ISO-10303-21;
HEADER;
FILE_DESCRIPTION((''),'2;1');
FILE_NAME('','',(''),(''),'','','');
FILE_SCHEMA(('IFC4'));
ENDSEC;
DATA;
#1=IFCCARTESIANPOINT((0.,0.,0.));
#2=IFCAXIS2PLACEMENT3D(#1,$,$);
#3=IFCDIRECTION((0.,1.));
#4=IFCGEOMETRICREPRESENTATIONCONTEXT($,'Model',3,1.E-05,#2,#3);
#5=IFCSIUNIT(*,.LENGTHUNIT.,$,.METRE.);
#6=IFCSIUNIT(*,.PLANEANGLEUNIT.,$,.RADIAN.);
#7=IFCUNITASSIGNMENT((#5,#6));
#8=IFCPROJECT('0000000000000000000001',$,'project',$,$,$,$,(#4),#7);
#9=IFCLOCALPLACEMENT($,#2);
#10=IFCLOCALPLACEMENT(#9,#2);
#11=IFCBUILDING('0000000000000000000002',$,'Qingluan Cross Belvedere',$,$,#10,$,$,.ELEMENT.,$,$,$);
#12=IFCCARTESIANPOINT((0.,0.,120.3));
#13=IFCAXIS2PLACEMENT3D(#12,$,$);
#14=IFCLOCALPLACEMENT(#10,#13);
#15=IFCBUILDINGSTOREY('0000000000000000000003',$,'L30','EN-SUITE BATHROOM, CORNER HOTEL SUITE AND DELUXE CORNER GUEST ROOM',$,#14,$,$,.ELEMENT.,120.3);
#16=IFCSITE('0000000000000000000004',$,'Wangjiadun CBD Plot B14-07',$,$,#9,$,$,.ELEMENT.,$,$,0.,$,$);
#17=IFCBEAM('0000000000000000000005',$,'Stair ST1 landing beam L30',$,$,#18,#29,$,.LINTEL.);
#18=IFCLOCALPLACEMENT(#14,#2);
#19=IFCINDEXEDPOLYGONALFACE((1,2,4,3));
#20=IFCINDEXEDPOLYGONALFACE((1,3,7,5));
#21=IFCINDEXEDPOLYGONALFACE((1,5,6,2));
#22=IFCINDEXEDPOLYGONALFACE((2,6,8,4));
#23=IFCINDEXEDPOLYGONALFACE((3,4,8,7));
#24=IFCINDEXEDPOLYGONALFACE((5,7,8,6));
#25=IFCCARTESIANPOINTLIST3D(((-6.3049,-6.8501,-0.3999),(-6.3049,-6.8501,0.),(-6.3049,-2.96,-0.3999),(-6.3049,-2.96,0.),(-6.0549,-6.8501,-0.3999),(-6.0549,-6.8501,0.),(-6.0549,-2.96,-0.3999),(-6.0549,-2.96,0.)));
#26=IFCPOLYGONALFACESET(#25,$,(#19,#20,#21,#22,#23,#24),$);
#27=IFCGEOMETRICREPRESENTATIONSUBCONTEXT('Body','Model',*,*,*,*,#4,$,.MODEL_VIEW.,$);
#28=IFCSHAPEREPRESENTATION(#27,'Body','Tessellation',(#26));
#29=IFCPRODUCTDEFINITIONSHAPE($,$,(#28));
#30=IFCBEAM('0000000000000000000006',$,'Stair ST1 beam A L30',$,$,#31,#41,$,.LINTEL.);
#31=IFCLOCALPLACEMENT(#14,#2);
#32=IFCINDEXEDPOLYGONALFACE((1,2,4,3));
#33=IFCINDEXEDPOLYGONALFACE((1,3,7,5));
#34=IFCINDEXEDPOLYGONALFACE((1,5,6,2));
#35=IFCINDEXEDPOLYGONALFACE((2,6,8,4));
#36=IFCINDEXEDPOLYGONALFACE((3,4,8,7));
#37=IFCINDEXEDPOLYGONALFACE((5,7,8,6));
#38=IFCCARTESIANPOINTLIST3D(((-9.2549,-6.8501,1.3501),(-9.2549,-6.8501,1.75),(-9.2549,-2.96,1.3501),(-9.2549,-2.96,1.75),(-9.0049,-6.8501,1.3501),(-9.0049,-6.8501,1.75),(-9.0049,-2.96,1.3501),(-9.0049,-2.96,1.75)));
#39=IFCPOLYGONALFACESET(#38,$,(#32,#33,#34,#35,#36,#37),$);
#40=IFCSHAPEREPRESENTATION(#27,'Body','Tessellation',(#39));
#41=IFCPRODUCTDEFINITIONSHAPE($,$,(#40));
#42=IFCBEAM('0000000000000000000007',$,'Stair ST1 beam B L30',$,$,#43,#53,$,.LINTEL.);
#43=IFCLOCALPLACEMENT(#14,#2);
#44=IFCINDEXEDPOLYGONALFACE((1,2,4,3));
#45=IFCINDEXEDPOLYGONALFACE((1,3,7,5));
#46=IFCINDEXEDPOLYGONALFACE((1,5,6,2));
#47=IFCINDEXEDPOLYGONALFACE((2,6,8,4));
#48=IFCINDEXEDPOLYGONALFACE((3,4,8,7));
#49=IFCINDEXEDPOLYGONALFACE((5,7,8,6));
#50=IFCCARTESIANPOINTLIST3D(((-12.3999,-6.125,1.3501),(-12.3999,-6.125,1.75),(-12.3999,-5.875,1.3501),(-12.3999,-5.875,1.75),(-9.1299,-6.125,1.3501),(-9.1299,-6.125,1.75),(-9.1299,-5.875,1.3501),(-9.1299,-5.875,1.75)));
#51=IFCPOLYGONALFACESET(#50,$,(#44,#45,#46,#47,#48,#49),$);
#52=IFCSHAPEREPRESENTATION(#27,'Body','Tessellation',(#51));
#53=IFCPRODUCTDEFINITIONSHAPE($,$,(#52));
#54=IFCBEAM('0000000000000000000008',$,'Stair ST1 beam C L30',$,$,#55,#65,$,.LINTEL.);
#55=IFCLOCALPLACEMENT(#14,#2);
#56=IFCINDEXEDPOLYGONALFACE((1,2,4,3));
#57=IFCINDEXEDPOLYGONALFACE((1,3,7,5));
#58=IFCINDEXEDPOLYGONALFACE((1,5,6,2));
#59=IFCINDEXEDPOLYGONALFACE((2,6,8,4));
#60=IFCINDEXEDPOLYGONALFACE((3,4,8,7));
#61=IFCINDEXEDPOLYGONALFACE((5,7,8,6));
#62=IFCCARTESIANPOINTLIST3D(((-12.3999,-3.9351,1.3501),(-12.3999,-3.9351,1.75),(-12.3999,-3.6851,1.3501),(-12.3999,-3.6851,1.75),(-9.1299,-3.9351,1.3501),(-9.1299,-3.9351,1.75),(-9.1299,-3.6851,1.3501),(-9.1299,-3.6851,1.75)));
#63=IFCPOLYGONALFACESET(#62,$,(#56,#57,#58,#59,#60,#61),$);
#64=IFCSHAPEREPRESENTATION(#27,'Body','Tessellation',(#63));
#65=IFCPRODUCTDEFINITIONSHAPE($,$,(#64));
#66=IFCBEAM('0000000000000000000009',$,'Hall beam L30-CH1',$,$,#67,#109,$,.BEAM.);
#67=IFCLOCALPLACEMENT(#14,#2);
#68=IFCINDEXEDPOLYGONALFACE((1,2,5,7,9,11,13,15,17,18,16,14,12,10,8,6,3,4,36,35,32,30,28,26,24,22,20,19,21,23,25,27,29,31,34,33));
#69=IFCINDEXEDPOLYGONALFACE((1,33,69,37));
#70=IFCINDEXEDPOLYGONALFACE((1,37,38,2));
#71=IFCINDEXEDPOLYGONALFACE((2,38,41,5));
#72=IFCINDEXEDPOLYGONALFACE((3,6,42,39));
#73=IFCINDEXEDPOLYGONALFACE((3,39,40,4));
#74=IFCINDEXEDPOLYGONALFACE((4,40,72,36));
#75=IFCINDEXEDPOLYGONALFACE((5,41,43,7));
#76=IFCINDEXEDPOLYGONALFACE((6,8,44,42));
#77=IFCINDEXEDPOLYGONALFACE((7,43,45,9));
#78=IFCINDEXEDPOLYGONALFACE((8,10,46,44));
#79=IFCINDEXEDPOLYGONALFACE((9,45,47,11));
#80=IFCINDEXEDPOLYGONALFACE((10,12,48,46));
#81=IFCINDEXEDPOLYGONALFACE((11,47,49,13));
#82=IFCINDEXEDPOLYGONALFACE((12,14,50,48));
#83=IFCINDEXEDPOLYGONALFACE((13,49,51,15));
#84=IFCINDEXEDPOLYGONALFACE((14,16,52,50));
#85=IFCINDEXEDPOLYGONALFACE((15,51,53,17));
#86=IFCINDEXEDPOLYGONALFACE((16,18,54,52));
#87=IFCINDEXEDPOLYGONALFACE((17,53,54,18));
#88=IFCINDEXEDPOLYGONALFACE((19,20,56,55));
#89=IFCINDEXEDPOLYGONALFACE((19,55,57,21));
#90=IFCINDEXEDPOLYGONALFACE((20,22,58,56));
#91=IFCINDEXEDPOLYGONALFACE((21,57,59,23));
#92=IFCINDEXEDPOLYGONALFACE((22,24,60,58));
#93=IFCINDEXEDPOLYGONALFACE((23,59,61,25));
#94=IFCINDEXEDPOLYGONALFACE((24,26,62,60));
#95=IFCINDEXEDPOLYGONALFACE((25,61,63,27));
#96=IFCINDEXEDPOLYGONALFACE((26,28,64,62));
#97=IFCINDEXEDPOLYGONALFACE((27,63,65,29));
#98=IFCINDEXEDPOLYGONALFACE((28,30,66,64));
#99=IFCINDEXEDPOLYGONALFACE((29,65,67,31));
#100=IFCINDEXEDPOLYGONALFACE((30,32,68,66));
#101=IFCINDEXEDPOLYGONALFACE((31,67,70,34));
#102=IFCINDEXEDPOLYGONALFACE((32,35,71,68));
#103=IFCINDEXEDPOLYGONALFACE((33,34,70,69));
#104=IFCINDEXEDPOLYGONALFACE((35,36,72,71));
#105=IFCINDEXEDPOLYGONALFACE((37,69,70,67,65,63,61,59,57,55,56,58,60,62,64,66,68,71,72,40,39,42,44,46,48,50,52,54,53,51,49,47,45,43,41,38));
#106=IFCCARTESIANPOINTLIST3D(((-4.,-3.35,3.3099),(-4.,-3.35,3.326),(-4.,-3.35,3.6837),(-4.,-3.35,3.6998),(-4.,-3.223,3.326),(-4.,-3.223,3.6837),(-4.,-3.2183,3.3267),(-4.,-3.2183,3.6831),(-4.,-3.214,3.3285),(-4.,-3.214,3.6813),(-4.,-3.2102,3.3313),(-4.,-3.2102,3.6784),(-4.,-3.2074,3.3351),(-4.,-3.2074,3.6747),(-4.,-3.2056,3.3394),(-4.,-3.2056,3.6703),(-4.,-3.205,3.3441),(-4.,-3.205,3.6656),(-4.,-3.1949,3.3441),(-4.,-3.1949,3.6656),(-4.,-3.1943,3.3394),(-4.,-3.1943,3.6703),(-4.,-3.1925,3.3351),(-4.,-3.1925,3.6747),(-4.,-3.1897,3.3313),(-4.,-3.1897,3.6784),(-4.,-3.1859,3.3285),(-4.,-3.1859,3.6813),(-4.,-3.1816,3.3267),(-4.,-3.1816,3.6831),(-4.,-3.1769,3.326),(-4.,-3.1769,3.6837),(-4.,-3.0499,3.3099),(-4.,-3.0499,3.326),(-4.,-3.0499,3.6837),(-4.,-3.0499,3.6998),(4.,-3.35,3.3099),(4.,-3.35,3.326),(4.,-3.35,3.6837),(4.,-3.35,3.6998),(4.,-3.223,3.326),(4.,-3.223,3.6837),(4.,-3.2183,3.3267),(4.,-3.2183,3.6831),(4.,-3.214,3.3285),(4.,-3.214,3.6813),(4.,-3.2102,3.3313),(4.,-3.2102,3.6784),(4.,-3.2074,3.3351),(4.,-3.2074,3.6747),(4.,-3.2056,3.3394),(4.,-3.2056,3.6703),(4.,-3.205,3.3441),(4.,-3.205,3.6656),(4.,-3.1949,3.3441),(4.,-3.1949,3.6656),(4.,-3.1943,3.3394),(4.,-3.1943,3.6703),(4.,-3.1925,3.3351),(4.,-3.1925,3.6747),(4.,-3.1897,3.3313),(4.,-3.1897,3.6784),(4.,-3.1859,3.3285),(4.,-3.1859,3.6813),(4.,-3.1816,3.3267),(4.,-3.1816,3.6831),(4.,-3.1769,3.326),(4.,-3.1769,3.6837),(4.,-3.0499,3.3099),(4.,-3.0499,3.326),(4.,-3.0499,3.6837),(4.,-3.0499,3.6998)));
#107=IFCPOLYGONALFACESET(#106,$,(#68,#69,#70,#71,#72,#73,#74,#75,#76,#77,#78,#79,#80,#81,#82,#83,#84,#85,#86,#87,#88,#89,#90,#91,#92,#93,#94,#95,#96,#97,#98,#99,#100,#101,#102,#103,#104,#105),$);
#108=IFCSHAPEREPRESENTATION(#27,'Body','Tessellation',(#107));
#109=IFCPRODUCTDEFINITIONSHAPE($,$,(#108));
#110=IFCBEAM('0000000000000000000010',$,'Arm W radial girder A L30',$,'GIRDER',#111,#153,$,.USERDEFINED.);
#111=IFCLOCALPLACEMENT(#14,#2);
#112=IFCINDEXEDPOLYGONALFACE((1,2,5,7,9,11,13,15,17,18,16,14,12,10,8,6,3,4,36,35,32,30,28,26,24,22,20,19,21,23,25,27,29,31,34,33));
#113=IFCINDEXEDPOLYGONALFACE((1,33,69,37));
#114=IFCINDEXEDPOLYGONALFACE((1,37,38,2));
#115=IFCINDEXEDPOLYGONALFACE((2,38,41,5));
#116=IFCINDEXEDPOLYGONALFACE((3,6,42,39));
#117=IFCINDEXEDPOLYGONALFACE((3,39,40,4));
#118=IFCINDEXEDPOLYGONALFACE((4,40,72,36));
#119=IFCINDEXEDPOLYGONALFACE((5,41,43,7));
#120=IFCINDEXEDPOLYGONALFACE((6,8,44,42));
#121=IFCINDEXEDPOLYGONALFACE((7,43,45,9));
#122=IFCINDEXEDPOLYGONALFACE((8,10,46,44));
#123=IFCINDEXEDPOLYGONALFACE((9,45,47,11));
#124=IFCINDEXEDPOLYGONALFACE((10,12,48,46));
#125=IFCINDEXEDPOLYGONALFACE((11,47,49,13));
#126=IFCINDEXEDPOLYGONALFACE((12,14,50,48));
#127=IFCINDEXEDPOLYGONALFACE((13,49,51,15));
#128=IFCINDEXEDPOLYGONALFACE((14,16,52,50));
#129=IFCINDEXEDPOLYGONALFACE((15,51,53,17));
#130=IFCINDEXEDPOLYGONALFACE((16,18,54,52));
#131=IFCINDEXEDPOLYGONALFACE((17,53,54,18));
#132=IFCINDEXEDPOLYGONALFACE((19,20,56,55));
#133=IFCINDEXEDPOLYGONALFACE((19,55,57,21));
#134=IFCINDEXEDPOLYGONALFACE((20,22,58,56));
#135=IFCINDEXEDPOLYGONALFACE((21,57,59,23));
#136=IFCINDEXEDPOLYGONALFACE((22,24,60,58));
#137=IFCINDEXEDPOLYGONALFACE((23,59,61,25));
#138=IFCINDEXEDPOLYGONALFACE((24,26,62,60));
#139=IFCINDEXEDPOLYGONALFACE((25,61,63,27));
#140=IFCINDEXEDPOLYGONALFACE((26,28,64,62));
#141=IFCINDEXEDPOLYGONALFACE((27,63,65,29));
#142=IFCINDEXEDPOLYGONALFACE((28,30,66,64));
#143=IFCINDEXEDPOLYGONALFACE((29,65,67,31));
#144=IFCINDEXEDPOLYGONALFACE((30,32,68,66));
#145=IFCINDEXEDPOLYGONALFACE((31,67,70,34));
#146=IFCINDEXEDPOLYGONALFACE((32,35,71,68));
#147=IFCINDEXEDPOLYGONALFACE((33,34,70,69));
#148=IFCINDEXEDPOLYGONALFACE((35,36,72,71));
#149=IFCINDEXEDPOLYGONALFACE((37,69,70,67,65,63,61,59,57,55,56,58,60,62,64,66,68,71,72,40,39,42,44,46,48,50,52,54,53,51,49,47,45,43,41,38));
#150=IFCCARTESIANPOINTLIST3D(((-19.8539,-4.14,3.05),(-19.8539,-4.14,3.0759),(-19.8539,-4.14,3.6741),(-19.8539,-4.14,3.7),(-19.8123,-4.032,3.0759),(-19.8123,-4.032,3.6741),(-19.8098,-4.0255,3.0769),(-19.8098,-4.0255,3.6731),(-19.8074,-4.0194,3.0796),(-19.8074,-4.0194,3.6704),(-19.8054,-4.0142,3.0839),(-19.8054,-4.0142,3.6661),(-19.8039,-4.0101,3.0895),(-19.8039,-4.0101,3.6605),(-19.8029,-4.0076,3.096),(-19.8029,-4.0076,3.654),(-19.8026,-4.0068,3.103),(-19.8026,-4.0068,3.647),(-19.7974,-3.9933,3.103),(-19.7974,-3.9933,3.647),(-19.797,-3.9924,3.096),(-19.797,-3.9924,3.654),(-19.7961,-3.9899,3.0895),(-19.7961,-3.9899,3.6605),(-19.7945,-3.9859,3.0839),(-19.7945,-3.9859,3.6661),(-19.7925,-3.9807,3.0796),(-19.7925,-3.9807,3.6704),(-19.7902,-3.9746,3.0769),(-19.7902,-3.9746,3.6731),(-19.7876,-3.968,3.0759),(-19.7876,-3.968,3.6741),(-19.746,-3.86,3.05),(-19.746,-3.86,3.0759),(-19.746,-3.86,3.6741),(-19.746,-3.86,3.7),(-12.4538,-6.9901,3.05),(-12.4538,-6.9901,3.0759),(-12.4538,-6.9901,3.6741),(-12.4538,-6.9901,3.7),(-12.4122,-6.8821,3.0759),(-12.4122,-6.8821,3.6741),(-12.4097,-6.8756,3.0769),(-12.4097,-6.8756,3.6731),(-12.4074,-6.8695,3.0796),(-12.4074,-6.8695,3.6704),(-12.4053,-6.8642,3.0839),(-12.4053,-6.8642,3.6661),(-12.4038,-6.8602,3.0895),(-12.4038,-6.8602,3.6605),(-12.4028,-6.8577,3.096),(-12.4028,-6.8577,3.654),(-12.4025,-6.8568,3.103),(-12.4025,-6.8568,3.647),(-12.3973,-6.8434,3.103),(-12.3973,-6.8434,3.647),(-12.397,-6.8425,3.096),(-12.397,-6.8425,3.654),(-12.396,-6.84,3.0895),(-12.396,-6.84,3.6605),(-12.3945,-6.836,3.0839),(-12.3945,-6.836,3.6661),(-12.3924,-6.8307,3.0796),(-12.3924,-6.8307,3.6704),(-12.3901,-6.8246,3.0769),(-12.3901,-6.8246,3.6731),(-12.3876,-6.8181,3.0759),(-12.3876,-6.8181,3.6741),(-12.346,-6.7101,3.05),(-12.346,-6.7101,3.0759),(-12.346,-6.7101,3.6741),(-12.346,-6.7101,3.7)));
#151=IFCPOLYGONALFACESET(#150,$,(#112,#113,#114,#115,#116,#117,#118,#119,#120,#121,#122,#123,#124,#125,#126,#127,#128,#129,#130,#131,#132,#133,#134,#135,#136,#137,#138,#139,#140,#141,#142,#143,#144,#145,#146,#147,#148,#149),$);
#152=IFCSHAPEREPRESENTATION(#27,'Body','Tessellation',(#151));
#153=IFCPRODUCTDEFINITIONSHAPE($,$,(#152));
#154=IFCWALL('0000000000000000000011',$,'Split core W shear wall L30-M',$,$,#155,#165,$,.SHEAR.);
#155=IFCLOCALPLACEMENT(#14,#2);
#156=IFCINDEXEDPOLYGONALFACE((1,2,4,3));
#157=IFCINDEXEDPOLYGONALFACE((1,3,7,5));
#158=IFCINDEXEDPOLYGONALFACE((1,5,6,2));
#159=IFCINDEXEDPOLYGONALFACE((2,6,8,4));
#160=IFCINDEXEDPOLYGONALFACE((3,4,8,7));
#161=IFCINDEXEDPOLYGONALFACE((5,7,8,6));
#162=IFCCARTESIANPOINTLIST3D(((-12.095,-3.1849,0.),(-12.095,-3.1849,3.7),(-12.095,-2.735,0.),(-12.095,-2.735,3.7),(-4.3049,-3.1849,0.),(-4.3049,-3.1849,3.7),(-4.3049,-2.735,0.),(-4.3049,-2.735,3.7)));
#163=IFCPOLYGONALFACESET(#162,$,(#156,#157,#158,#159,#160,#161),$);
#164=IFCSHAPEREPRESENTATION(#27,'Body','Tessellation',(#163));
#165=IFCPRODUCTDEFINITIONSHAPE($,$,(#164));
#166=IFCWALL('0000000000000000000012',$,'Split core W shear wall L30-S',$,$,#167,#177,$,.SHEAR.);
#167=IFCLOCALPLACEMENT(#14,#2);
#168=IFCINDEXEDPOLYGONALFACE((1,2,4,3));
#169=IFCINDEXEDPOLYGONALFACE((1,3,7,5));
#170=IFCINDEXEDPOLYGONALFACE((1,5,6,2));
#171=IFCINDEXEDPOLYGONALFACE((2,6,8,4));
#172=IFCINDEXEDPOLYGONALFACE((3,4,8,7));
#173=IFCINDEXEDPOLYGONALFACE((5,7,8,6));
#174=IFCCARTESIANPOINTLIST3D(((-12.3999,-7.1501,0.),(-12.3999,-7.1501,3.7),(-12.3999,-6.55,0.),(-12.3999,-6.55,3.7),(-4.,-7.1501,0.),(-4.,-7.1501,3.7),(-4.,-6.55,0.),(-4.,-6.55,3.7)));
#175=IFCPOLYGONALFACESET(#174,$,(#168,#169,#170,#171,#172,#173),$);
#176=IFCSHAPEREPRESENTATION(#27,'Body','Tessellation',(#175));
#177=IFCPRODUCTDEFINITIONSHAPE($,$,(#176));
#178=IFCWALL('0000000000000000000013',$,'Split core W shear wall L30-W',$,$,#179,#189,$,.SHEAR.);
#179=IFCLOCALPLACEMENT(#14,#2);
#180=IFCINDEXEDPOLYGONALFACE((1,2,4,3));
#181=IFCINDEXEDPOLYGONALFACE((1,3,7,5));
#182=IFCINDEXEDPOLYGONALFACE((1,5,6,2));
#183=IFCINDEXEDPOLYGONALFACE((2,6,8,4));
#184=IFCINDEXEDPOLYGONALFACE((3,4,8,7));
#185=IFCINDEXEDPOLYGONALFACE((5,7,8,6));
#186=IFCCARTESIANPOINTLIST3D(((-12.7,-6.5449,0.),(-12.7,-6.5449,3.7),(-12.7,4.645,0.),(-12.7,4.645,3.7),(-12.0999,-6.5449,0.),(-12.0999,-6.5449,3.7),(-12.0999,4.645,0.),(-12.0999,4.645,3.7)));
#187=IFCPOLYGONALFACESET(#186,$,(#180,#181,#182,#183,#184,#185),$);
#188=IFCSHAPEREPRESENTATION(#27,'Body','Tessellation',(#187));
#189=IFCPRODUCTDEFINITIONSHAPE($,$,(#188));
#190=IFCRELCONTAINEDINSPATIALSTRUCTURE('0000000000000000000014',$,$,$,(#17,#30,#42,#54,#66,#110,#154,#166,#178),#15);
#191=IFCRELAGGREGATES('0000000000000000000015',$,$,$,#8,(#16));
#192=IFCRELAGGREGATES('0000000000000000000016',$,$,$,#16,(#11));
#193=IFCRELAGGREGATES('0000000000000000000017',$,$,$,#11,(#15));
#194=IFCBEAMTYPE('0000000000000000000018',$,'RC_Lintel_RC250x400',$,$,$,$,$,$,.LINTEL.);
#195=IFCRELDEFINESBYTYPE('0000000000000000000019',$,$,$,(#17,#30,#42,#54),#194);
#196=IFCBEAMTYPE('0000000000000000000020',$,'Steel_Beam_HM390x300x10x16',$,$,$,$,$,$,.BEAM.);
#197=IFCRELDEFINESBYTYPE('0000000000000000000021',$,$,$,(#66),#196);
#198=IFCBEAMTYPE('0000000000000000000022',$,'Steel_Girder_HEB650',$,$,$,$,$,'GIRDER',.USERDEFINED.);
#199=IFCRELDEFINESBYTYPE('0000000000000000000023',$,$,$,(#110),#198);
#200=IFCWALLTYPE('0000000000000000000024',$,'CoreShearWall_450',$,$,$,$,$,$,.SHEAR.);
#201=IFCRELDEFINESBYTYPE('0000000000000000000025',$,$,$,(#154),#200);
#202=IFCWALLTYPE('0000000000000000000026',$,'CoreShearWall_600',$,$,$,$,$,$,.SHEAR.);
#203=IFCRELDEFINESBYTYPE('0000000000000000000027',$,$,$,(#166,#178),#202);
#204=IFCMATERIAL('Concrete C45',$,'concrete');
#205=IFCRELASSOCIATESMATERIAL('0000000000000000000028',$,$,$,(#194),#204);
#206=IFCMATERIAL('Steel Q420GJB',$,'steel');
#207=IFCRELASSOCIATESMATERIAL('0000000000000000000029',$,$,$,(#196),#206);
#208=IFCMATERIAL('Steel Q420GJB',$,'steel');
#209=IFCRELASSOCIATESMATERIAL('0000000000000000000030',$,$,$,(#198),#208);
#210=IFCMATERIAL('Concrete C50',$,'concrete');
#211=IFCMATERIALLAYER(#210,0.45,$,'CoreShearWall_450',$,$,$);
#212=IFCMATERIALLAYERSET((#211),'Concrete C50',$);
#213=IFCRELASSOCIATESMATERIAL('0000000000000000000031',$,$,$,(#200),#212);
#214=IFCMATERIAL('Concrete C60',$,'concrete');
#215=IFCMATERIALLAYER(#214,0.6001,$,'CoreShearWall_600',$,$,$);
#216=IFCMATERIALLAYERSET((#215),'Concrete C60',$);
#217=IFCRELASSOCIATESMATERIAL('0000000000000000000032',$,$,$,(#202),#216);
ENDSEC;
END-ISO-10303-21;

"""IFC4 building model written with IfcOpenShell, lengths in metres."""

from ifc_helpers import new_model, si_unit, direction, frame, frame_2d, origin, origin_2d, place, context, subcontext, project, spatial, rectangle, i_section, extrude, material, layer, layer_set, material_profile, profile_set, type_object, element, save


model = new_model("IFC4")

# Units and contexts
model_context = context("Model", 3, precision=1e-05, world=origin(), true_north=direction((0.0, 1.0)))
body_context = subcontext(model_context, "Body", "Model", "MODEL_VIEW")
ifc_project = project(units=[si_unit("LENGTHUNIT", "METRE"), si_unit("PLANEANGLEUNIT", "RADIAN")], contexts=[model_context])

# Site, building, storey
site_placement = place(None, origin())
site = spatial("IfcSite", under=ifc_project, at=site_placement, Name="Wangjiadun CBD Plot B14-07", CompositionType="ELEMENT", RefElevation=0.0)
building_placement = place(site_placement, origin())
building = spatial("IfcBuilding", under=site, at=building_placement, Name="Qingluan Cross Belvedere", CompositionType="ELEMENT")
storey_placement = place(building_placement, frame((0.0, 0.0, 120.3)))
storey = spatial("IfcBuildingStorey", under=building, at=storey_placement, Name="L30", Description="EN-SUITE BATHROOM, CORNER HOTEL SUITE AND DELUXE CORNER GUEST ROOM", CompositionType="ELEMENT", Elevation=120.3)

# Beams
ifc_material_1 = material(Name="Concrete C45", Category="concrete")
ifc_material_profile_1 = material_profile(ifc_material_1, rectangle(XDim=0.25, YDim=0.3999, at=origin_2d()), Name="RC250x400")
ifc_profile_set_1 = profile_set([ifc_material_profile_1], Name="Concrete C45")
beam_type_1 = type_object("IfcBeamType", Name="RC_Lintel_RC250x400", PredefinedType="LINTEL", material=ifc_profile_set_1)
for number, where, z_axis, x_axis, name in (
    (1, (-6.1799, -6.8501, -0.2), (0.0, 1.0, 0.0), (-1.0, 0.0, 0.0), "Stair ST1 landing beam L30"),
    (2, (-9.1299, -6.8501, 1.55), (0.0, 1.0, 0.0), (-1.0, 0.0, 0.0), "Stair ST1 beam A L30"),
):
    element("IfcBeam", number, at=place(storey_placement, frame(where, z_axis=z_axis, x_axis=x_axis)), inside=storey, type_object=beam_type_1, Name=name, PredefinedType="LINTEL", context=body_context, shape_type="SweptSolid", body=[
        extrude(rectangle(XDim=0.25, YDim=0.3999, at=origin_2d()), origin(), (0.0, 0.0, 1.0), 3.8901),
    ])
for number, where, z_axis, x_axis, name in (
    (3, (-12.3999, -6.0, 1.55), (1.0, 0.0, 0.0), (0.0, 1.0, 0.0), "Stair ST1 beam B L30"),
    (4, (-12.3999, -3.8101, 1.55), (1.0, 0.0, 0.0), (0.0, 1.0, 0.0), "Stair ST1 beam C L30"),
):
    element("IfcBeam", number, at=place(storey_placement, frame(where, z_axis=z_axis, x_axis=x_axis)), inside=storey, type_object=beam_type_1, Name=name, PredefinedType="LINTEL", context=body_context, shape_type="SweptSolid", body=[
        extrude(rectangle(XDim=0.25, YDim=0.3999, at=origin_2d()), origin(), (0.0, 0.0, 1.0), 3.27),
    ])
ifc_material_2 = material(Name="Steel Q420GJB", Category="steel")
ifc_material_profile_2 = material_profile(ifc_material_2, i_section(OverallWidth=0.3, OverallDepth=0.3899, WebThickness=0.01, FlangeThickness=0.0161, FilletRadius=0.0181, at=origin_2d()), Name="HM390x300x10x16")
ifc_profile_set_2 = profile_set([ifc_material_profile_2], Name="Steel Q420GJB")
beam_type_2 = type_object("IfcBeamType", Name="Steel_Beam_HM390x300x10x16", PredefinedType="BEAM", material=ifc_profile_set_2)
beam_1_placement = place(storey_placement, frame((-4.0, -3.2, 3.5049), z_axis=(1.0, 0.0, 0.0), x_axis=(0.0, 1.0, 0.0)))
element("IfcBeam", 5, at=beam_1_placement, inside=storey, type_object=beam_type_2, Name="Hall beam L30-CH1", PredefinedType="BEAM", context=body_context, shape_type="SweptSolid", body=[
    extrude(i_section(OverallWidth=0.3, OverallDepth=0.3899, WebThickness=0.01, FlangeThickness=0.0161, FilletRadius=0.0181, at=origin_2d()), origin(), (0.0, 0.0, 1.0), 8.0),
])
ifc_material_3 = material(Name="Steel Q420GJB", Category="steel")
ifc_material_profile_3 = material_profile(ifc_material_3, i_section(OverallWidth=0.3, OverallDepth=0.6499, WebThickness=0.0144, FlangeThickness=0.0259, FilletRadius=0.0271, at=origin_2d()), Name="HEB650")
ifc_profile_set_3 = profile_set([ifc_material_profile_3], Name="Steel Q420GJB")
beam_type_3 = type_object("IfcBeamType", Name="Steel_Girder_HEB650", ElementType="GIRDER", PredefinedType="USERDEFINED", material=ifc_profile_set_3)
beam_2_placement = place(storey_placement, frame((-12.3999, -6.8501, 3.375), z_axis=(-0.933181, 0.359406, 0.0), x_axis=(-0.359406, -0.933181, 0.0)))
element("IfcBeam", 6, at=beam_2_placement, inside=storey, type_object=beam_type_3, Name="Arm W radial girder A L30", ObjectType="GIRDER", PredefinedType="USERDEFINED", context=body_context, shape_type="SweptSolid", body=[
    extrude(i_section(OverallWidth=0.3, OverallDepth=0.6499, WebThickness=0.0144, FlangeThickness=0.0259, FilletRadius=0.0271, at=origin_2d()), origin(), (0.0, 0.0, 1.0), 7.9299),
])

# Walls
ifc_material_4 = material(Name="Concrete C50", Category="concrete")
ifc_layer_1 = layer(ifc_material_4, 0.45, Name="CoreShearWall_450")
ifc_layer_set_1 = layer_set([ifc_layer_1], Name="Concrete C50")
wall_type_1 = type_object("IfcWallType", Name="CoreShearWall_450", PredefinedType="SHEAR", material=ifc_layer_set_1)
wall_1_placement = place(storey_placement, frame((-12.095, -2.96, 0.0), z_axis=(0.0, 0.0, 1.0), x_axis=(1.0, 0.0, 0.0)))
element("IfcWall", 7, at=wall_1_placement, inside=storey, type_object=wall_type_1, Name="Split core W shear wall L30-M", PredefinedType="SHEAR", context=body_context, shape_type="SweptSolid", body=[
    extrude(rectangle(XDim=7.79, YDim=0.45, at=frame_2d((3.895, 0.0))), origin(), (0.0, 0.0, 1.0), 3.7),
])
ifc_material_5 = material(Name="Concrete C60", Category="concrete")
ifc_layer_2 = layer(ifc_material_5, 0.6001, Name="CoreShearWall_600")
ifc_layer_set_2 = layer_set([ifc_layer_2], Name="Concrete C60")
wall_type_2 = type_object("IfcWallType", Name="CoreShearWall_600", PredefinedType="SHEAR", material=ifc_layer_set_2)
wall_2_placement = place(storey_placement, frame((-12.3999, -6.8501, 0.0), z_axis=(0.0, 0.0, 1.0), x_axis=(1.0, 0.0, 0.0)))
element("IfcWall", 8, at=wall_2_placement, inside=storey, type_object=wall_type_2, Name="Split core W shear wall L30-S", PredefinedType="SHEAR", context=body_context, shape_type="SweptSolid", body=[
    extrude(rectangle(XDim=8.3999, YDim=0.6001, at=frame_2d((4.2, 0.0))), origin(), (0.0, 0.0, 1.0), 3.7),
])
wall_3_placement = place(storey_placement, frame((-12.3999, -6.5449, 0.0), z_axis=(0.0, 0.0, 1.0), x_axis=(0.0, 1.0, 0.0)))
element("IfcWall", 9, at=wall_3_placement, inside=storey, type_object=wall_type_2, Name="Split core W shear wall L30-W", PredefinedType="SHEAR", context=body_context, shape_type="SweptSolid", body=[
    extrude(rectangle(XDim=11.1899, YDim=0.6001, at=frame_2d((5.595, 0.0))), origin(), (0.0, 0.0, 1.0), 3.7),
])

save(model, "model.ifc")
